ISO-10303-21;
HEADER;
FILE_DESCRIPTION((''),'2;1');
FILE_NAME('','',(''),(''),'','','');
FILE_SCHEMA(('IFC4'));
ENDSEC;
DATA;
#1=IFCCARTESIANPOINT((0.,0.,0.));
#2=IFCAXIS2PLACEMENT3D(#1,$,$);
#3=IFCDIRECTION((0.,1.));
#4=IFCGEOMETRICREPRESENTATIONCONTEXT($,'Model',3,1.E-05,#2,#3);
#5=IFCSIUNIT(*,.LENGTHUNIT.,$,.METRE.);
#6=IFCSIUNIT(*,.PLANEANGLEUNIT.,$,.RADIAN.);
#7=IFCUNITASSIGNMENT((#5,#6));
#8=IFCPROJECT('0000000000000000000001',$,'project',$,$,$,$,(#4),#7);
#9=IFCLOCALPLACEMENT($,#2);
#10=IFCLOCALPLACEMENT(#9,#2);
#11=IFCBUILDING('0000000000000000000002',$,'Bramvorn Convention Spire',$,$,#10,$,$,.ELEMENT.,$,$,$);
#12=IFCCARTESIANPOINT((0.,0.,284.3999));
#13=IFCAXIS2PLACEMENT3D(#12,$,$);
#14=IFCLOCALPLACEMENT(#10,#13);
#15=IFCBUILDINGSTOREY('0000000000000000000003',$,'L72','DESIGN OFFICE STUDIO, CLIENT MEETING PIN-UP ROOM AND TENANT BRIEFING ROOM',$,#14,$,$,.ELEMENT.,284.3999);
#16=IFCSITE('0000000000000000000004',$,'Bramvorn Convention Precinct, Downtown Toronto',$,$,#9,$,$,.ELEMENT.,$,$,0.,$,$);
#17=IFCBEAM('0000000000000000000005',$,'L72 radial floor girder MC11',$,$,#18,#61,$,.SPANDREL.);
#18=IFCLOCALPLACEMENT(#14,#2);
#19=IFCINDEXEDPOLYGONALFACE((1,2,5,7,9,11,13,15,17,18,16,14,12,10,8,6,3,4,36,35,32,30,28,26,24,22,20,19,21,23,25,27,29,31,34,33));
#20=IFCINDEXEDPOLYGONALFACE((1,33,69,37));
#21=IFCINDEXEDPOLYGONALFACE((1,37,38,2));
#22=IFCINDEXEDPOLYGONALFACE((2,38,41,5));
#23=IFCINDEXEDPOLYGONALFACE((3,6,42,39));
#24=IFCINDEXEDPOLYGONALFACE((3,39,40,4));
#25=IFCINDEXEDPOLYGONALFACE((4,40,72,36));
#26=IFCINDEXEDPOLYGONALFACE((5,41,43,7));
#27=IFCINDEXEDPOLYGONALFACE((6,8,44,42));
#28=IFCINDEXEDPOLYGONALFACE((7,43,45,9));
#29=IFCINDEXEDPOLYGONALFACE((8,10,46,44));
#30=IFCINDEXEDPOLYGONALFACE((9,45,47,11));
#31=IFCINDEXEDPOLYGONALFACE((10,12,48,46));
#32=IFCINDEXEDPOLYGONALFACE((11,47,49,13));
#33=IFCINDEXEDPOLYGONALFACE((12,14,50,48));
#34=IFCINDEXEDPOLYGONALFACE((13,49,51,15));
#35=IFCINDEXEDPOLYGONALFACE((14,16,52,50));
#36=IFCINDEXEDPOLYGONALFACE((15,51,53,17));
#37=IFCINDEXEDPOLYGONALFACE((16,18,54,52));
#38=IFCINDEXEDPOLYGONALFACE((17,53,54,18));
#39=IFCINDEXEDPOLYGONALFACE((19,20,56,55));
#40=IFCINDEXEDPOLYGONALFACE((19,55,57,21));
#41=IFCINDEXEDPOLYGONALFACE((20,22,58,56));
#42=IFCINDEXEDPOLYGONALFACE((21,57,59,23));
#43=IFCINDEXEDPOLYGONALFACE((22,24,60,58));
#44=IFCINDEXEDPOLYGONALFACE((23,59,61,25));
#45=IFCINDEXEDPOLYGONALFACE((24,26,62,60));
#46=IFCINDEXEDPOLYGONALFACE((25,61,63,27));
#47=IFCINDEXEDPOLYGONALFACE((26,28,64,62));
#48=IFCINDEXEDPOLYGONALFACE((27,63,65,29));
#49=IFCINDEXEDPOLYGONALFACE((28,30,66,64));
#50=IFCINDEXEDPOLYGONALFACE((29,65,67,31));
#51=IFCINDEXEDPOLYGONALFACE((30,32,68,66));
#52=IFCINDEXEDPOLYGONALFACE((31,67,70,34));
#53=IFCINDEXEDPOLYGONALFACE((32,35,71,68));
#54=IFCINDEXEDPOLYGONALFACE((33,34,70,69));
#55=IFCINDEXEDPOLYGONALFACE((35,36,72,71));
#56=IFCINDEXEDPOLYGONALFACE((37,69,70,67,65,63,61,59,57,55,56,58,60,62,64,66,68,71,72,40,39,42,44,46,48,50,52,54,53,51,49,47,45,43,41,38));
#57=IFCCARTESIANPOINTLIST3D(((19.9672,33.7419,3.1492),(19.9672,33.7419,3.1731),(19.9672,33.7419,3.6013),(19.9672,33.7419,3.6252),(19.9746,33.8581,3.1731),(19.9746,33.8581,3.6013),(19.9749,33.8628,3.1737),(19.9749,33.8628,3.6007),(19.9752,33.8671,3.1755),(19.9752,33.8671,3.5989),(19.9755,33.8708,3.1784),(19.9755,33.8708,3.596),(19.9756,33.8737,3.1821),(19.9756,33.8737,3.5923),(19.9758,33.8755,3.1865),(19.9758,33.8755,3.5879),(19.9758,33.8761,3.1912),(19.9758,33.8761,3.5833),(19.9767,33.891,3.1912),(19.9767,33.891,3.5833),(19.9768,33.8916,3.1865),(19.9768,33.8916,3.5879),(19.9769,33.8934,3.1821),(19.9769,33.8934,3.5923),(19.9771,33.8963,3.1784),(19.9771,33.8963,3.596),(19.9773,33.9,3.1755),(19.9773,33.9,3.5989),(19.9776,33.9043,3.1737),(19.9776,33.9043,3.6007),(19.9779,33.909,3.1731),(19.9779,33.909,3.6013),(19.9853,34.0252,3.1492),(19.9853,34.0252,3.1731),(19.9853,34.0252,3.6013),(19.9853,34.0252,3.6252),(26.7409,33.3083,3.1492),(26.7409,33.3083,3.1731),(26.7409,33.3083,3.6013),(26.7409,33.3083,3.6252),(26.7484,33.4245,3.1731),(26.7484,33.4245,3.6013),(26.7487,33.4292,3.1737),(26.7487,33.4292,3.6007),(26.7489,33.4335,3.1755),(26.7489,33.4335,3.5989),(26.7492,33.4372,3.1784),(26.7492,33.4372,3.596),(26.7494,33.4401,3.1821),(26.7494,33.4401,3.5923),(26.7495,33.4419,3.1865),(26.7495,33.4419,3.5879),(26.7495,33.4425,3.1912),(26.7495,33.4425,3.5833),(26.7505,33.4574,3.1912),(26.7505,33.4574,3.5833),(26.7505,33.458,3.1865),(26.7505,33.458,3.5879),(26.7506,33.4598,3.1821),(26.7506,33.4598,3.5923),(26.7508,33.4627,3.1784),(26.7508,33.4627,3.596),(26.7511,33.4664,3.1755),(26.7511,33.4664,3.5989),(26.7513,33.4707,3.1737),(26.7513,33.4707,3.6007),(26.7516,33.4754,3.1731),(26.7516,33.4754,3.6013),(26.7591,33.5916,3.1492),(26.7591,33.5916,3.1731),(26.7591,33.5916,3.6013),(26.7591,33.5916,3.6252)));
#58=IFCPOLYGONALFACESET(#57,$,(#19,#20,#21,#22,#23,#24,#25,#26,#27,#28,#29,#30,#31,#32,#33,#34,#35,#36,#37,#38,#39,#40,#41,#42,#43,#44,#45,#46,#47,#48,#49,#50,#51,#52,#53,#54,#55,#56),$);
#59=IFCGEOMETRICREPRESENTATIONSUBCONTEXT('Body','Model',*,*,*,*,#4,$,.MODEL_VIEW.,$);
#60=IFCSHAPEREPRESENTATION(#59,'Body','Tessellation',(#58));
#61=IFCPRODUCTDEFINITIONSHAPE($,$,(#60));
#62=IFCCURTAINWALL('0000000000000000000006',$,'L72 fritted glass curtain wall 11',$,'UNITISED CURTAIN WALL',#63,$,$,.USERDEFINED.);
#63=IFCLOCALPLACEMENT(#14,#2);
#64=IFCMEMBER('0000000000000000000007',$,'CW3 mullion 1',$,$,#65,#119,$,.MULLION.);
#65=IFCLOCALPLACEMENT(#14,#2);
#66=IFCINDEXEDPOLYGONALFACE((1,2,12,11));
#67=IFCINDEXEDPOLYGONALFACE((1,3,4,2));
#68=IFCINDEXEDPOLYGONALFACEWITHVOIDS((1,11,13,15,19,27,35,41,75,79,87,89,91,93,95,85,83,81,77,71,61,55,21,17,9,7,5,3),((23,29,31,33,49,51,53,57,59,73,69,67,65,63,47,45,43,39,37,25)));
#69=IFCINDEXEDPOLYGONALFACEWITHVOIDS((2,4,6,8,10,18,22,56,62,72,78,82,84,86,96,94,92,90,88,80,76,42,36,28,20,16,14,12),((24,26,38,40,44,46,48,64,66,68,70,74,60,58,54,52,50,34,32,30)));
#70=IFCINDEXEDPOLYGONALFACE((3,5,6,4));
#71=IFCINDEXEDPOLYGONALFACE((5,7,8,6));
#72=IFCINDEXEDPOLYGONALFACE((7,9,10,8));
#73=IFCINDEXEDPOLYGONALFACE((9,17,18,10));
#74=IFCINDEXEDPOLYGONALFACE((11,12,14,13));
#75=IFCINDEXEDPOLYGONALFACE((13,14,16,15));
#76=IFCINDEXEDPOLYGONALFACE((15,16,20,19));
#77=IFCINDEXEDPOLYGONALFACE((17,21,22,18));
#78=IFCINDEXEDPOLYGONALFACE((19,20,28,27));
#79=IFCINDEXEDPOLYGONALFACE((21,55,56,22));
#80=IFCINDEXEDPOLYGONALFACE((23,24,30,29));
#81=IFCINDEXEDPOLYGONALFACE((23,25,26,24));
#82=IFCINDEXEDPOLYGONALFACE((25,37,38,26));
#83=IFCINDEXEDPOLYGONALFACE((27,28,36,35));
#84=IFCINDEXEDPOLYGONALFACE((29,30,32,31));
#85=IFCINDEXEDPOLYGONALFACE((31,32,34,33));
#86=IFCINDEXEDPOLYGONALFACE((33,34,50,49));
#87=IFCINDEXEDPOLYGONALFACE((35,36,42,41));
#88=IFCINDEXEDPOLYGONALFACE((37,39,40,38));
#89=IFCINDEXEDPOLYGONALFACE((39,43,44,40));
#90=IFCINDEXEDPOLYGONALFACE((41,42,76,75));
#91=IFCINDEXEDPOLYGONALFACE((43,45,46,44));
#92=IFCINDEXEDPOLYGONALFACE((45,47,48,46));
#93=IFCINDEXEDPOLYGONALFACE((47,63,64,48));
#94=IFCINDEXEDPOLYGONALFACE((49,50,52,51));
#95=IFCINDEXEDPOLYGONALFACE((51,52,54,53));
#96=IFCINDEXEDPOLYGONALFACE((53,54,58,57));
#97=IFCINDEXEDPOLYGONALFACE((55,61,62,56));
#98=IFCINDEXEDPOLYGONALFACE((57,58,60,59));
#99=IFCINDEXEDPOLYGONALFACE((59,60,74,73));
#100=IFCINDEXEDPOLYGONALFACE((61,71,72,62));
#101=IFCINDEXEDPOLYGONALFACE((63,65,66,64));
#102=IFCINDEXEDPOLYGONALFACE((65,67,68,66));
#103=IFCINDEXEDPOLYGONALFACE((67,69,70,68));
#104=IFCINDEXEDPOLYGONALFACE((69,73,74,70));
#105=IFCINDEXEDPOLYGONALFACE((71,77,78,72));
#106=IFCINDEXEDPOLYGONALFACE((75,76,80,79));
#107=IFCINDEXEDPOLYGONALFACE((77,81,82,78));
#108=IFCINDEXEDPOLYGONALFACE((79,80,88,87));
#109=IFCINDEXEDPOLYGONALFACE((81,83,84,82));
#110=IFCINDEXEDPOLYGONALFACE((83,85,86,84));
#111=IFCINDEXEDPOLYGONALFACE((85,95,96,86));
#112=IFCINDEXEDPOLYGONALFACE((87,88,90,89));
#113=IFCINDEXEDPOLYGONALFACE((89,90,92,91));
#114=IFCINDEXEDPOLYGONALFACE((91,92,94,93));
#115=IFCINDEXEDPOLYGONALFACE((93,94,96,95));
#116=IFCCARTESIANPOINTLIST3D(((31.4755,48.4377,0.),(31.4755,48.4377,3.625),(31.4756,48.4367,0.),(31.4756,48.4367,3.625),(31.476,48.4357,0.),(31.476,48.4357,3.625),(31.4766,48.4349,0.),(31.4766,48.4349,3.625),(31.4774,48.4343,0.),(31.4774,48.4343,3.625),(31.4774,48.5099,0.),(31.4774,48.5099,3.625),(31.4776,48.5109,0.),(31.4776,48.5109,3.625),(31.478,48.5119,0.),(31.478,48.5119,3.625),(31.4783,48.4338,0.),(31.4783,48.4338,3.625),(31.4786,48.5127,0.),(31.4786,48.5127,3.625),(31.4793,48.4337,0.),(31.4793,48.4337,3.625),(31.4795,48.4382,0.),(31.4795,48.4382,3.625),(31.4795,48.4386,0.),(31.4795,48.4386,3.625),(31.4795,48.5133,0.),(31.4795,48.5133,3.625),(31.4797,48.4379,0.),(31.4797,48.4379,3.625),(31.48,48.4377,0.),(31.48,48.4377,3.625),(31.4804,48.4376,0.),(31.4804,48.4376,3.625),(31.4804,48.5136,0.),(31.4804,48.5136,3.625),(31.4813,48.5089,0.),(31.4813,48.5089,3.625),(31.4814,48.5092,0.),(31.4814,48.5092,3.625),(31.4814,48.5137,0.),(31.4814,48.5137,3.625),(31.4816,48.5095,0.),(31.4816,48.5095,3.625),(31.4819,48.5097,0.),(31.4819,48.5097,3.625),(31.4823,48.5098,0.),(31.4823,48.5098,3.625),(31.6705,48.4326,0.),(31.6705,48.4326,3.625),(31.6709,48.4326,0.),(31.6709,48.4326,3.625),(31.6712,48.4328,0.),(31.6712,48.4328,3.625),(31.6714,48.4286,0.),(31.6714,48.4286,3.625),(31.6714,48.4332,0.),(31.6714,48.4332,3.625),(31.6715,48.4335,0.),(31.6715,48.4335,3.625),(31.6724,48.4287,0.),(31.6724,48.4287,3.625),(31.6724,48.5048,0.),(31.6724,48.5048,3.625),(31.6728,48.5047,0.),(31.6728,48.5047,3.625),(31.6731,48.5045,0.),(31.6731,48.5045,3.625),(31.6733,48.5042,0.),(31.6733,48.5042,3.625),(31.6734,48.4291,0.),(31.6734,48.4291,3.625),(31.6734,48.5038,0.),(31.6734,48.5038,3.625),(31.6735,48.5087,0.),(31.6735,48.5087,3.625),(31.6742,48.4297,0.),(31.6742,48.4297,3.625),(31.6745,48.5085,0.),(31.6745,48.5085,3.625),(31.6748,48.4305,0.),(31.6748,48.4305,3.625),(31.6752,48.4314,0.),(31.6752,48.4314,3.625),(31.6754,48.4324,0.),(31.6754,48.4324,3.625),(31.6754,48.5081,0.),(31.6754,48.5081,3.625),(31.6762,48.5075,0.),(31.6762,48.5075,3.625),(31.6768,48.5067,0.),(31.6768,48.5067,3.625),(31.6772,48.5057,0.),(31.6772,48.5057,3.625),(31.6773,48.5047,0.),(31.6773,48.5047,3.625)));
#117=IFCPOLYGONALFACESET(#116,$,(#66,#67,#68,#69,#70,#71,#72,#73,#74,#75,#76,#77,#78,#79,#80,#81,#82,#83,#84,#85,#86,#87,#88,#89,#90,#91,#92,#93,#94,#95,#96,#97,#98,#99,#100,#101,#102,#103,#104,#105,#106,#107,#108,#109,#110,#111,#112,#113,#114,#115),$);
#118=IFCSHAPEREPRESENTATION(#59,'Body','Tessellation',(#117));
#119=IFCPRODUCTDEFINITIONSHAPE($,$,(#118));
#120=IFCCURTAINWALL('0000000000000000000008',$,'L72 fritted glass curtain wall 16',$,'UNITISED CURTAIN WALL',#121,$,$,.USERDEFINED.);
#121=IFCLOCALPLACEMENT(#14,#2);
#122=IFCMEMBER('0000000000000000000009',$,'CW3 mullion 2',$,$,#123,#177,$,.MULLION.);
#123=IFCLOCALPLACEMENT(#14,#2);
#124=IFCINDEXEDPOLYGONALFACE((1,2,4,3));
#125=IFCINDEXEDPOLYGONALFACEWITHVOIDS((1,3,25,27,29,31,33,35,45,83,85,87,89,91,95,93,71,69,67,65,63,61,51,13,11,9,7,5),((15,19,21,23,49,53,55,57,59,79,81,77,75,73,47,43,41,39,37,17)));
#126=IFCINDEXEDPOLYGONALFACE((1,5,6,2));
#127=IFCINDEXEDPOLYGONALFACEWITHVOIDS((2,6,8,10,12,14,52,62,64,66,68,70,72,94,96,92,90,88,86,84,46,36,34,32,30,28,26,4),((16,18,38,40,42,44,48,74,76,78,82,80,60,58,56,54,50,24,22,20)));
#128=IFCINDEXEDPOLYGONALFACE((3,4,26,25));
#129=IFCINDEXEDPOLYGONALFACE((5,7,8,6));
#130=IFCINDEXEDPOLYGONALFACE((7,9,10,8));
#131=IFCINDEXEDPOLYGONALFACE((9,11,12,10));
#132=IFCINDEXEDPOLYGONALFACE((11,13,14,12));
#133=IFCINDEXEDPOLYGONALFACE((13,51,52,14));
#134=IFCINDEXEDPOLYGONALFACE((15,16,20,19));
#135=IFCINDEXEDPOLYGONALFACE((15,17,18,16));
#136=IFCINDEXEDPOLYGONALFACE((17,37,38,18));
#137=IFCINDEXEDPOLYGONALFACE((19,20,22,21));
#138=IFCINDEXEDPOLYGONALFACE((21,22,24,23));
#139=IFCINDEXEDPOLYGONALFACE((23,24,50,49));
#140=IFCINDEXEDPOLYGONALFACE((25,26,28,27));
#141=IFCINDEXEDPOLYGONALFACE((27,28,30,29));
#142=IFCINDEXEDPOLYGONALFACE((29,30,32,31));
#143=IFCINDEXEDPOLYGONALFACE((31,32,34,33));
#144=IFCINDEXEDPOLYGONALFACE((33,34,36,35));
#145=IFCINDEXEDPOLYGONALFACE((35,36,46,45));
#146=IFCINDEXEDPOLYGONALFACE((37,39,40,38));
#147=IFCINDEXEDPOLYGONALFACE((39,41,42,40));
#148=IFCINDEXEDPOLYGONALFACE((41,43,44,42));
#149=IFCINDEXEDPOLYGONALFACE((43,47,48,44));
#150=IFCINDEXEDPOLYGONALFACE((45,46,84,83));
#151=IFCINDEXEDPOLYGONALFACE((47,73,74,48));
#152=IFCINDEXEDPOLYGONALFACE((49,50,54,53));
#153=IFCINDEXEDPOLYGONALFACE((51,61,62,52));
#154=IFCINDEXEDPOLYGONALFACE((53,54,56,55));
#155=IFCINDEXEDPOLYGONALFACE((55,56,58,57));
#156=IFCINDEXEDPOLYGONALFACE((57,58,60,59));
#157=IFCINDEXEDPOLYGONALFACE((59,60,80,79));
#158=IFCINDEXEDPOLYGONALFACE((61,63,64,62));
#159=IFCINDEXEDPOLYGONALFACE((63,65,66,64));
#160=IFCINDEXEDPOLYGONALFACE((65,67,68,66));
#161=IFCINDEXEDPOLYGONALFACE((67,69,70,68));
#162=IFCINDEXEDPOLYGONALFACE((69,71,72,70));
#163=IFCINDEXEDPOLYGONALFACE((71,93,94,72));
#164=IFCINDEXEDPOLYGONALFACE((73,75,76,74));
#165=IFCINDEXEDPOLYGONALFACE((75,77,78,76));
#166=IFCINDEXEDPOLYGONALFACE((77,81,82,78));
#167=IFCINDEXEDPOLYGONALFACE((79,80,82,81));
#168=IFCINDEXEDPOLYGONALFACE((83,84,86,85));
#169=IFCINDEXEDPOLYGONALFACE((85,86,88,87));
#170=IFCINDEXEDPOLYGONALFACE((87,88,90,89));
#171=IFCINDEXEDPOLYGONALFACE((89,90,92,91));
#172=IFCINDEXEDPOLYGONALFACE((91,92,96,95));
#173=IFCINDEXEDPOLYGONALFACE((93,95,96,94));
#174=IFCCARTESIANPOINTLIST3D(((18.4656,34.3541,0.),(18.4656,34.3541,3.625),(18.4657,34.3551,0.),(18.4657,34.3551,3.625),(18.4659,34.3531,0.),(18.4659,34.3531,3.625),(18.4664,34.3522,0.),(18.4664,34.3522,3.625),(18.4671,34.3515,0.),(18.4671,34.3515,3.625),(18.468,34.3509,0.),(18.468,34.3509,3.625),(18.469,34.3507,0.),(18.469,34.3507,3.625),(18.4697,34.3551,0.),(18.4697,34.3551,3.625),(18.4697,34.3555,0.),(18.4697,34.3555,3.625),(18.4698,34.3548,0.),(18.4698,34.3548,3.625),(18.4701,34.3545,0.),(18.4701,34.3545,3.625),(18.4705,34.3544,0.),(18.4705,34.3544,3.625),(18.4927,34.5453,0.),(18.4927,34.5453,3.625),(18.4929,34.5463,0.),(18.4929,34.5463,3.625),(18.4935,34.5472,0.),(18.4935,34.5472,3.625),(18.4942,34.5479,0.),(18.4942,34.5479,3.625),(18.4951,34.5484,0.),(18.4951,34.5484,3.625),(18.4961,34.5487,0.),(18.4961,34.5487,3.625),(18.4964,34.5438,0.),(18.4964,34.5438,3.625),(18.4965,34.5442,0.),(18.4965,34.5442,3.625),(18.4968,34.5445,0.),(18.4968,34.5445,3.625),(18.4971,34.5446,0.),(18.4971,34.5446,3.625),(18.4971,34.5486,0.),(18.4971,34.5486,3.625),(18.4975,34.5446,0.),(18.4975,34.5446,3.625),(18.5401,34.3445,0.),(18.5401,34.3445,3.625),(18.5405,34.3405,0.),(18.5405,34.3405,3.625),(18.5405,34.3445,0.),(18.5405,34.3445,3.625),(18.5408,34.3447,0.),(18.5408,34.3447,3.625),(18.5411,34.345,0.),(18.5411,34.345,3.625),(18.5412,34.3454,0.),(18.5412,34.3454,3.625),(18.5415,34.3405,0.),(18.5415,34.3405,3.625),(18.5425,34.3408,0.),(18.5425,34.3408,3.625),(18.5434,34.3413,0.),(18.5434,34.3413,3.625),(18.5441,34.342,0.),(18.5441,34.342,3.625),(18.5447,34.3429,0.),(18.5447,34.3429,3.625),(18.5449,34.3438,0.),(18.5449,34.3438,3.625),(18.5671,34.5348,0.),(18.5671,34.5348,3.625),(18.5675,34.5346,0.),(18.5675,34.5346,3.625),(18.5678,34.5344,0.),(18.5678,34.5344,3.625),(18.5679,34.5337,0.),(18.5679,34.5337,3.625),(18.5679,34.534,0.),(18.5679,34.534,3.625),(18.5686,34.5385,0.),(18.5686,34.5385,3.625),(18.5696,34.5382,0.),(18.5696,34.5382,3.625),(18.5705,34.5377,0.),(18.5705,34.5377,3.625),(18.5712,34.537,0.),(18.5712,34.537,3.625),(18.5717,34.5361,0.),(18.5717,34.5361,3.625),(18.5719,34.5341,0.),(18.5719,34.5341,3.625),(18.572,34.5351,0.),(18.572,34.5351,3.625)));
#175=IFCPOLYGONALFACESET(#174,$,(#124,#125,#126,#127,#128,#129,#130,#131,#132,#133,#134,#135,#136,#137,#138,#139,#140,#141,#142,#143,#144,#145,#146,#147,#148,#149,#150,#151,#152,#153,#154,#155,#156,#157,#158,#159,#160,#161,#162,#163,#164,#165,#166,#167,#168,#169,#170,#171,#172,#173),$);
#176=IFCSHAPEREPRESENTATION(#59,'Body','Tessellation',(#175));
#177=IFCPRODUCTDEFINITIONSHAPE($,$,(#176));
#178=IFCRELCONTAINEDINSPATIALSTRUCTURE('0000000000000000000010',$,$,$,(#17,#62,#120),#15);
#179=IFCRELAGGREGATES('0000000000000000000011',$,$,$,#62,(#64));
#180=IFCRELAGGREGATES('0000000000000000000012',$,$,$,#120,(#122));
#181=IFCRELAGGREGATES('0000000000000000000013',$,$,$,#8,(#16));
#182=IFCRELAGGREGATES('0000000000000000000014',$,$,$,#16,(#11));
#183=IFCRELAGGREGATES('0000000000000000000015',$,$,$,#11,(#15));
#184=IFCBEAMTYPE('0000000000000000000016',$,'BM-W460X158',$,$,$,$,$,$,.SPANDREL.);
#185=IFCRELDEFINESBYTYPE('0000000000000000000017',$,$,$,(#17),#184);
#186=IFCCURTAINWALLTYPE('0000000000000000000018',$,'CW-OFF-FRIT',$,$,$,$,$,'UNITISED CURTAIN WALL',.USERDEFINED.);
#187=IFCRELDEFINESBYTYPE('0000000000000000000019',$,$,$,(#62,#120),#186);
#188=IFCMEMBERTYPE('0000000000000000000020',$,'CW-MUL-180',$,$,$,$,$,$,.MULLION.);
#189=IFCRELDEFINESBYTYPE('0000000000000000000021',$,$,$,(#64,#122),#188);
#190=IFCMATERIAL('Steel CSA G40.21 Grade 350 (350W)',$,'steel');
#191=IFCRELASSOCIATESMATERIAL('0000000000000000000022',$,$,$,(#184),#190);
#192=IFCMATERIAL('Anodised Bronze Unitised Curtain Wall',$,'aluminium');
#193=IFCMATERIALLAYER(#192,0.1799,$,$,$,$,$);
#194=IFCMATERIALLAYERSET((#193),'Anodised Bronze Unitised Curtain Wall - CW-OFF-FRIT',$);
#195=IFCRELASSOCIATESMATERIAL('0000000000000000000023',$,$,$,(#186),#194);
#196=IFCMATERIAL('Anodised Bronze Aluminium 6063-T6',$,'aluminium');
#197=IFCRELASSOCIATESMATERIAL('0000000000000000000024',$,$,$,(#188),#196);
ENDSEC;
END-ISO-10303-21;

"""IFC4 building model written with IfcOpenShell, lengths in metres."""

from ifc_helpers import new_model, si_unit, direction, frame, origin, origin_2d, place, context, subcontext, project, spatial, hollow_rectangle, i_section, extrude, material, layer, layer_set, material_profile, profile_set, type_object, element, aggregate, save


model = new_model("IFC4")

# Units and contexts
model_context = context("Model", 3, precision=1e-05, world=origin(), true_north=direction((0.0, 1.0)))
body_context = subcontext(model_context, "Body", "Model", "MODEL_VIEW")
ifc_project = project(units=[si_unit("LENGTHUNIT", "METRE"), si_unit("PLANEANGLEUNIT", "RADIAN")], contexts=[model_context])

# Site, building, storey
site_placement = place(None, origin())
site = spatial("IfcSite", under=ifc_project, at=site_placement, Name="Bramvorn Convention Precinct, Downtown Toronto", CompositionType="ELEMENT", RefElevation=0.0)
building_placement = place(site_placement, origin())
building = spatial("IfcBuilding", under=site, at=building_placement, Name="Bramvorn Convention Spire", CompositionType="ELEMENT")
storey_placement = place(building_placement, frame((0.0, 0.0, 284.3999)))
storey = spatial("IfcBuildingStorey", under=building, at=storey_placement, Name="L72", Description="DESIGN OFFICE STUDIO, CLIENT MEETING PIN-UP ROOM AND TENANT BRIEFING ROOM", CompositionType="ELEMENT", Elevation=284.3999)

# Shared definitions
ifc_material_1 = material(Name="Steel CSA G40.21 Grade 350 (350W)", Category="steel")

# Beam
ifc_material_profile_1 = material_profile(ifc_material_1, i_section(OverallWidth=0.2839, OverallDepth=0.4761, WebThickness=0.0149, FlangeThickness=0.0239, FilletRadius=0.0181, at=origin_2d()))
ifc_profile_set_1 = profile_set([ifc_material_profile_1], Name="Steel CSA G40.21 Grade 350 (350W) - W460X158")
beam_type_1 = type_object("IfcBeamType", Name="BM-W460X158", PredefinedType="SPANDREL", material=ifc_profile_set_1)
beam_1_placement = place(storey_placement, frame((26.75, 33.45, 3.3872), z_axis=(-0.997958, 0.063881, 0.0), x_axis=(-0.063881, -0.997958, 0.0)))
element("IfcBeam", 1, at=beam_1_placement, inside=storey, type_object=beam_type_1, Name="L72 radial floor girder MC11", PredefinedType="SPANDREL", context=body_context, shape_type="SweptSolid", body=[
    extrude(i_section(OverallWidth=0.2839, OverallDepth=0.4761, WebThickness=0.0149, FlangeThickness=0.0239, FilletRadius=0.0181, at=origin_2d()), origin(), (0.0, 0.0, 1.0), 6.7876),
])

# Curtain walls, members
ifc_material_2 = material(Name="Anodised Bronze Unitised Curtain Wall", Category="aluminium")
ifc_layer_1 = layer(ifc_material_2, 0.1799)
ifc_layer_set_1 = layer_set([ifc_layer_1], Name="Anodised Bronze Unitised Curtain Wall - CW-OFF-FRIT")
curtain_wall_type = type_object("IfcCurtainWallType", Name="CW-OFF-FRIT", ElementType="UNITISED CURTAIN WALL", PredefinedType="USERDEFINED", material=ifc_layer_set_1)
curtain_wall_1_placement = place(storey_placement, origin())
curtain_wall_1 = element("IfcCurtainWall", 2, at=curtain_wall_1_placement, inside=storey, type_object=curtain_wall_type, Name="L72 fritted glass curtain wall 11", ObjectType="UNITISED CURTAIN WALL", PredefinedType="USERDEFINED")
ifc_material_3 = material(Name="Anodised Bronze Aluminium 6063-T6", Category="aluminium")
ifc_material_profile_2 = material_profile(ifc_material_3, hollow_rectangle(XDim=0.0801, YDim=0.2, WallThickness=0.0039, InnerFilletRadius=0.001, OuterFilletRadius=0.0039, at=origin_2d()))
ifc_profile_set_2 = profile_set([ifc_material_profile_2], Name="Anodised Bronze Aluminium 6063-T6 - CWM80X200")
member_type_1 = type_object("IfcMemberType", Name="CW-MUL-180", PredefinedType="MULLION", material=ifc_profile_set_2)
member_1_placement = place(storey_placement, frame((31.5764, 48.4712, 0.0), z_axis=(0.0, 0.0, 1.0), x_axis=(0.026259, 0.999655, 0.0)))
member_1 = element("IfcMember", 3, at=member_1_placement, type_object=member_type_1, Name="CW3 mullion 1", PredefinedType="MULLION", context=body_context, shape_type="SweptSolid", body=[
    extrude(hollow_rectangle(XDim=0.0801, YDim=0.2, WallThickness=0.0039, InnerFilletRadius=0.001, OuterFilletRadius=0.0039, at=origin_2d()), origin(), (0.0, 0.0, 1.0), 3.625),
])
curtain_wall_2_placement = place(storey_placement, origin())
curtain_wall_2 = element("IfcCurtainWall", 4, at=curtain_wall_2_placement, inside=storey, type_object=curtain_wall_type, Name="L72 fritted glass curtain wall 16", ObjectType="UNITISED CURTAIN WALL", PredefinedType="USERDEFINED")
member_2_placement = place(storey_placement, frame((18.5188, 34.4446, 0.0), z_axis=(0.0, 0.0, 1.0), x_axis=(-0.990074, 0.140545, 0.0)))
member_2 = element("IfcMember", 5, at=member_2_placement, type_object=member_type_1, Name="CW3 mullion 2", PredefinedType="MULLION", context=body_context, shape_type="SweptSolid", body=[
    extrude(hollow_rectangle(XDim=0.0801, YDim=0.2, WallThickness=0.0039, InnerFilletRadius=0.001, OuterFilletRadius=0.0039, at=origin_2d()), origin(), (0.0, 0.0, 1.0), 3.625),
])

aggregate(curtain_wall_1, [member_1])
aggregate(curtain_wall_2, [member_2])

save(model, "model.ifc")
